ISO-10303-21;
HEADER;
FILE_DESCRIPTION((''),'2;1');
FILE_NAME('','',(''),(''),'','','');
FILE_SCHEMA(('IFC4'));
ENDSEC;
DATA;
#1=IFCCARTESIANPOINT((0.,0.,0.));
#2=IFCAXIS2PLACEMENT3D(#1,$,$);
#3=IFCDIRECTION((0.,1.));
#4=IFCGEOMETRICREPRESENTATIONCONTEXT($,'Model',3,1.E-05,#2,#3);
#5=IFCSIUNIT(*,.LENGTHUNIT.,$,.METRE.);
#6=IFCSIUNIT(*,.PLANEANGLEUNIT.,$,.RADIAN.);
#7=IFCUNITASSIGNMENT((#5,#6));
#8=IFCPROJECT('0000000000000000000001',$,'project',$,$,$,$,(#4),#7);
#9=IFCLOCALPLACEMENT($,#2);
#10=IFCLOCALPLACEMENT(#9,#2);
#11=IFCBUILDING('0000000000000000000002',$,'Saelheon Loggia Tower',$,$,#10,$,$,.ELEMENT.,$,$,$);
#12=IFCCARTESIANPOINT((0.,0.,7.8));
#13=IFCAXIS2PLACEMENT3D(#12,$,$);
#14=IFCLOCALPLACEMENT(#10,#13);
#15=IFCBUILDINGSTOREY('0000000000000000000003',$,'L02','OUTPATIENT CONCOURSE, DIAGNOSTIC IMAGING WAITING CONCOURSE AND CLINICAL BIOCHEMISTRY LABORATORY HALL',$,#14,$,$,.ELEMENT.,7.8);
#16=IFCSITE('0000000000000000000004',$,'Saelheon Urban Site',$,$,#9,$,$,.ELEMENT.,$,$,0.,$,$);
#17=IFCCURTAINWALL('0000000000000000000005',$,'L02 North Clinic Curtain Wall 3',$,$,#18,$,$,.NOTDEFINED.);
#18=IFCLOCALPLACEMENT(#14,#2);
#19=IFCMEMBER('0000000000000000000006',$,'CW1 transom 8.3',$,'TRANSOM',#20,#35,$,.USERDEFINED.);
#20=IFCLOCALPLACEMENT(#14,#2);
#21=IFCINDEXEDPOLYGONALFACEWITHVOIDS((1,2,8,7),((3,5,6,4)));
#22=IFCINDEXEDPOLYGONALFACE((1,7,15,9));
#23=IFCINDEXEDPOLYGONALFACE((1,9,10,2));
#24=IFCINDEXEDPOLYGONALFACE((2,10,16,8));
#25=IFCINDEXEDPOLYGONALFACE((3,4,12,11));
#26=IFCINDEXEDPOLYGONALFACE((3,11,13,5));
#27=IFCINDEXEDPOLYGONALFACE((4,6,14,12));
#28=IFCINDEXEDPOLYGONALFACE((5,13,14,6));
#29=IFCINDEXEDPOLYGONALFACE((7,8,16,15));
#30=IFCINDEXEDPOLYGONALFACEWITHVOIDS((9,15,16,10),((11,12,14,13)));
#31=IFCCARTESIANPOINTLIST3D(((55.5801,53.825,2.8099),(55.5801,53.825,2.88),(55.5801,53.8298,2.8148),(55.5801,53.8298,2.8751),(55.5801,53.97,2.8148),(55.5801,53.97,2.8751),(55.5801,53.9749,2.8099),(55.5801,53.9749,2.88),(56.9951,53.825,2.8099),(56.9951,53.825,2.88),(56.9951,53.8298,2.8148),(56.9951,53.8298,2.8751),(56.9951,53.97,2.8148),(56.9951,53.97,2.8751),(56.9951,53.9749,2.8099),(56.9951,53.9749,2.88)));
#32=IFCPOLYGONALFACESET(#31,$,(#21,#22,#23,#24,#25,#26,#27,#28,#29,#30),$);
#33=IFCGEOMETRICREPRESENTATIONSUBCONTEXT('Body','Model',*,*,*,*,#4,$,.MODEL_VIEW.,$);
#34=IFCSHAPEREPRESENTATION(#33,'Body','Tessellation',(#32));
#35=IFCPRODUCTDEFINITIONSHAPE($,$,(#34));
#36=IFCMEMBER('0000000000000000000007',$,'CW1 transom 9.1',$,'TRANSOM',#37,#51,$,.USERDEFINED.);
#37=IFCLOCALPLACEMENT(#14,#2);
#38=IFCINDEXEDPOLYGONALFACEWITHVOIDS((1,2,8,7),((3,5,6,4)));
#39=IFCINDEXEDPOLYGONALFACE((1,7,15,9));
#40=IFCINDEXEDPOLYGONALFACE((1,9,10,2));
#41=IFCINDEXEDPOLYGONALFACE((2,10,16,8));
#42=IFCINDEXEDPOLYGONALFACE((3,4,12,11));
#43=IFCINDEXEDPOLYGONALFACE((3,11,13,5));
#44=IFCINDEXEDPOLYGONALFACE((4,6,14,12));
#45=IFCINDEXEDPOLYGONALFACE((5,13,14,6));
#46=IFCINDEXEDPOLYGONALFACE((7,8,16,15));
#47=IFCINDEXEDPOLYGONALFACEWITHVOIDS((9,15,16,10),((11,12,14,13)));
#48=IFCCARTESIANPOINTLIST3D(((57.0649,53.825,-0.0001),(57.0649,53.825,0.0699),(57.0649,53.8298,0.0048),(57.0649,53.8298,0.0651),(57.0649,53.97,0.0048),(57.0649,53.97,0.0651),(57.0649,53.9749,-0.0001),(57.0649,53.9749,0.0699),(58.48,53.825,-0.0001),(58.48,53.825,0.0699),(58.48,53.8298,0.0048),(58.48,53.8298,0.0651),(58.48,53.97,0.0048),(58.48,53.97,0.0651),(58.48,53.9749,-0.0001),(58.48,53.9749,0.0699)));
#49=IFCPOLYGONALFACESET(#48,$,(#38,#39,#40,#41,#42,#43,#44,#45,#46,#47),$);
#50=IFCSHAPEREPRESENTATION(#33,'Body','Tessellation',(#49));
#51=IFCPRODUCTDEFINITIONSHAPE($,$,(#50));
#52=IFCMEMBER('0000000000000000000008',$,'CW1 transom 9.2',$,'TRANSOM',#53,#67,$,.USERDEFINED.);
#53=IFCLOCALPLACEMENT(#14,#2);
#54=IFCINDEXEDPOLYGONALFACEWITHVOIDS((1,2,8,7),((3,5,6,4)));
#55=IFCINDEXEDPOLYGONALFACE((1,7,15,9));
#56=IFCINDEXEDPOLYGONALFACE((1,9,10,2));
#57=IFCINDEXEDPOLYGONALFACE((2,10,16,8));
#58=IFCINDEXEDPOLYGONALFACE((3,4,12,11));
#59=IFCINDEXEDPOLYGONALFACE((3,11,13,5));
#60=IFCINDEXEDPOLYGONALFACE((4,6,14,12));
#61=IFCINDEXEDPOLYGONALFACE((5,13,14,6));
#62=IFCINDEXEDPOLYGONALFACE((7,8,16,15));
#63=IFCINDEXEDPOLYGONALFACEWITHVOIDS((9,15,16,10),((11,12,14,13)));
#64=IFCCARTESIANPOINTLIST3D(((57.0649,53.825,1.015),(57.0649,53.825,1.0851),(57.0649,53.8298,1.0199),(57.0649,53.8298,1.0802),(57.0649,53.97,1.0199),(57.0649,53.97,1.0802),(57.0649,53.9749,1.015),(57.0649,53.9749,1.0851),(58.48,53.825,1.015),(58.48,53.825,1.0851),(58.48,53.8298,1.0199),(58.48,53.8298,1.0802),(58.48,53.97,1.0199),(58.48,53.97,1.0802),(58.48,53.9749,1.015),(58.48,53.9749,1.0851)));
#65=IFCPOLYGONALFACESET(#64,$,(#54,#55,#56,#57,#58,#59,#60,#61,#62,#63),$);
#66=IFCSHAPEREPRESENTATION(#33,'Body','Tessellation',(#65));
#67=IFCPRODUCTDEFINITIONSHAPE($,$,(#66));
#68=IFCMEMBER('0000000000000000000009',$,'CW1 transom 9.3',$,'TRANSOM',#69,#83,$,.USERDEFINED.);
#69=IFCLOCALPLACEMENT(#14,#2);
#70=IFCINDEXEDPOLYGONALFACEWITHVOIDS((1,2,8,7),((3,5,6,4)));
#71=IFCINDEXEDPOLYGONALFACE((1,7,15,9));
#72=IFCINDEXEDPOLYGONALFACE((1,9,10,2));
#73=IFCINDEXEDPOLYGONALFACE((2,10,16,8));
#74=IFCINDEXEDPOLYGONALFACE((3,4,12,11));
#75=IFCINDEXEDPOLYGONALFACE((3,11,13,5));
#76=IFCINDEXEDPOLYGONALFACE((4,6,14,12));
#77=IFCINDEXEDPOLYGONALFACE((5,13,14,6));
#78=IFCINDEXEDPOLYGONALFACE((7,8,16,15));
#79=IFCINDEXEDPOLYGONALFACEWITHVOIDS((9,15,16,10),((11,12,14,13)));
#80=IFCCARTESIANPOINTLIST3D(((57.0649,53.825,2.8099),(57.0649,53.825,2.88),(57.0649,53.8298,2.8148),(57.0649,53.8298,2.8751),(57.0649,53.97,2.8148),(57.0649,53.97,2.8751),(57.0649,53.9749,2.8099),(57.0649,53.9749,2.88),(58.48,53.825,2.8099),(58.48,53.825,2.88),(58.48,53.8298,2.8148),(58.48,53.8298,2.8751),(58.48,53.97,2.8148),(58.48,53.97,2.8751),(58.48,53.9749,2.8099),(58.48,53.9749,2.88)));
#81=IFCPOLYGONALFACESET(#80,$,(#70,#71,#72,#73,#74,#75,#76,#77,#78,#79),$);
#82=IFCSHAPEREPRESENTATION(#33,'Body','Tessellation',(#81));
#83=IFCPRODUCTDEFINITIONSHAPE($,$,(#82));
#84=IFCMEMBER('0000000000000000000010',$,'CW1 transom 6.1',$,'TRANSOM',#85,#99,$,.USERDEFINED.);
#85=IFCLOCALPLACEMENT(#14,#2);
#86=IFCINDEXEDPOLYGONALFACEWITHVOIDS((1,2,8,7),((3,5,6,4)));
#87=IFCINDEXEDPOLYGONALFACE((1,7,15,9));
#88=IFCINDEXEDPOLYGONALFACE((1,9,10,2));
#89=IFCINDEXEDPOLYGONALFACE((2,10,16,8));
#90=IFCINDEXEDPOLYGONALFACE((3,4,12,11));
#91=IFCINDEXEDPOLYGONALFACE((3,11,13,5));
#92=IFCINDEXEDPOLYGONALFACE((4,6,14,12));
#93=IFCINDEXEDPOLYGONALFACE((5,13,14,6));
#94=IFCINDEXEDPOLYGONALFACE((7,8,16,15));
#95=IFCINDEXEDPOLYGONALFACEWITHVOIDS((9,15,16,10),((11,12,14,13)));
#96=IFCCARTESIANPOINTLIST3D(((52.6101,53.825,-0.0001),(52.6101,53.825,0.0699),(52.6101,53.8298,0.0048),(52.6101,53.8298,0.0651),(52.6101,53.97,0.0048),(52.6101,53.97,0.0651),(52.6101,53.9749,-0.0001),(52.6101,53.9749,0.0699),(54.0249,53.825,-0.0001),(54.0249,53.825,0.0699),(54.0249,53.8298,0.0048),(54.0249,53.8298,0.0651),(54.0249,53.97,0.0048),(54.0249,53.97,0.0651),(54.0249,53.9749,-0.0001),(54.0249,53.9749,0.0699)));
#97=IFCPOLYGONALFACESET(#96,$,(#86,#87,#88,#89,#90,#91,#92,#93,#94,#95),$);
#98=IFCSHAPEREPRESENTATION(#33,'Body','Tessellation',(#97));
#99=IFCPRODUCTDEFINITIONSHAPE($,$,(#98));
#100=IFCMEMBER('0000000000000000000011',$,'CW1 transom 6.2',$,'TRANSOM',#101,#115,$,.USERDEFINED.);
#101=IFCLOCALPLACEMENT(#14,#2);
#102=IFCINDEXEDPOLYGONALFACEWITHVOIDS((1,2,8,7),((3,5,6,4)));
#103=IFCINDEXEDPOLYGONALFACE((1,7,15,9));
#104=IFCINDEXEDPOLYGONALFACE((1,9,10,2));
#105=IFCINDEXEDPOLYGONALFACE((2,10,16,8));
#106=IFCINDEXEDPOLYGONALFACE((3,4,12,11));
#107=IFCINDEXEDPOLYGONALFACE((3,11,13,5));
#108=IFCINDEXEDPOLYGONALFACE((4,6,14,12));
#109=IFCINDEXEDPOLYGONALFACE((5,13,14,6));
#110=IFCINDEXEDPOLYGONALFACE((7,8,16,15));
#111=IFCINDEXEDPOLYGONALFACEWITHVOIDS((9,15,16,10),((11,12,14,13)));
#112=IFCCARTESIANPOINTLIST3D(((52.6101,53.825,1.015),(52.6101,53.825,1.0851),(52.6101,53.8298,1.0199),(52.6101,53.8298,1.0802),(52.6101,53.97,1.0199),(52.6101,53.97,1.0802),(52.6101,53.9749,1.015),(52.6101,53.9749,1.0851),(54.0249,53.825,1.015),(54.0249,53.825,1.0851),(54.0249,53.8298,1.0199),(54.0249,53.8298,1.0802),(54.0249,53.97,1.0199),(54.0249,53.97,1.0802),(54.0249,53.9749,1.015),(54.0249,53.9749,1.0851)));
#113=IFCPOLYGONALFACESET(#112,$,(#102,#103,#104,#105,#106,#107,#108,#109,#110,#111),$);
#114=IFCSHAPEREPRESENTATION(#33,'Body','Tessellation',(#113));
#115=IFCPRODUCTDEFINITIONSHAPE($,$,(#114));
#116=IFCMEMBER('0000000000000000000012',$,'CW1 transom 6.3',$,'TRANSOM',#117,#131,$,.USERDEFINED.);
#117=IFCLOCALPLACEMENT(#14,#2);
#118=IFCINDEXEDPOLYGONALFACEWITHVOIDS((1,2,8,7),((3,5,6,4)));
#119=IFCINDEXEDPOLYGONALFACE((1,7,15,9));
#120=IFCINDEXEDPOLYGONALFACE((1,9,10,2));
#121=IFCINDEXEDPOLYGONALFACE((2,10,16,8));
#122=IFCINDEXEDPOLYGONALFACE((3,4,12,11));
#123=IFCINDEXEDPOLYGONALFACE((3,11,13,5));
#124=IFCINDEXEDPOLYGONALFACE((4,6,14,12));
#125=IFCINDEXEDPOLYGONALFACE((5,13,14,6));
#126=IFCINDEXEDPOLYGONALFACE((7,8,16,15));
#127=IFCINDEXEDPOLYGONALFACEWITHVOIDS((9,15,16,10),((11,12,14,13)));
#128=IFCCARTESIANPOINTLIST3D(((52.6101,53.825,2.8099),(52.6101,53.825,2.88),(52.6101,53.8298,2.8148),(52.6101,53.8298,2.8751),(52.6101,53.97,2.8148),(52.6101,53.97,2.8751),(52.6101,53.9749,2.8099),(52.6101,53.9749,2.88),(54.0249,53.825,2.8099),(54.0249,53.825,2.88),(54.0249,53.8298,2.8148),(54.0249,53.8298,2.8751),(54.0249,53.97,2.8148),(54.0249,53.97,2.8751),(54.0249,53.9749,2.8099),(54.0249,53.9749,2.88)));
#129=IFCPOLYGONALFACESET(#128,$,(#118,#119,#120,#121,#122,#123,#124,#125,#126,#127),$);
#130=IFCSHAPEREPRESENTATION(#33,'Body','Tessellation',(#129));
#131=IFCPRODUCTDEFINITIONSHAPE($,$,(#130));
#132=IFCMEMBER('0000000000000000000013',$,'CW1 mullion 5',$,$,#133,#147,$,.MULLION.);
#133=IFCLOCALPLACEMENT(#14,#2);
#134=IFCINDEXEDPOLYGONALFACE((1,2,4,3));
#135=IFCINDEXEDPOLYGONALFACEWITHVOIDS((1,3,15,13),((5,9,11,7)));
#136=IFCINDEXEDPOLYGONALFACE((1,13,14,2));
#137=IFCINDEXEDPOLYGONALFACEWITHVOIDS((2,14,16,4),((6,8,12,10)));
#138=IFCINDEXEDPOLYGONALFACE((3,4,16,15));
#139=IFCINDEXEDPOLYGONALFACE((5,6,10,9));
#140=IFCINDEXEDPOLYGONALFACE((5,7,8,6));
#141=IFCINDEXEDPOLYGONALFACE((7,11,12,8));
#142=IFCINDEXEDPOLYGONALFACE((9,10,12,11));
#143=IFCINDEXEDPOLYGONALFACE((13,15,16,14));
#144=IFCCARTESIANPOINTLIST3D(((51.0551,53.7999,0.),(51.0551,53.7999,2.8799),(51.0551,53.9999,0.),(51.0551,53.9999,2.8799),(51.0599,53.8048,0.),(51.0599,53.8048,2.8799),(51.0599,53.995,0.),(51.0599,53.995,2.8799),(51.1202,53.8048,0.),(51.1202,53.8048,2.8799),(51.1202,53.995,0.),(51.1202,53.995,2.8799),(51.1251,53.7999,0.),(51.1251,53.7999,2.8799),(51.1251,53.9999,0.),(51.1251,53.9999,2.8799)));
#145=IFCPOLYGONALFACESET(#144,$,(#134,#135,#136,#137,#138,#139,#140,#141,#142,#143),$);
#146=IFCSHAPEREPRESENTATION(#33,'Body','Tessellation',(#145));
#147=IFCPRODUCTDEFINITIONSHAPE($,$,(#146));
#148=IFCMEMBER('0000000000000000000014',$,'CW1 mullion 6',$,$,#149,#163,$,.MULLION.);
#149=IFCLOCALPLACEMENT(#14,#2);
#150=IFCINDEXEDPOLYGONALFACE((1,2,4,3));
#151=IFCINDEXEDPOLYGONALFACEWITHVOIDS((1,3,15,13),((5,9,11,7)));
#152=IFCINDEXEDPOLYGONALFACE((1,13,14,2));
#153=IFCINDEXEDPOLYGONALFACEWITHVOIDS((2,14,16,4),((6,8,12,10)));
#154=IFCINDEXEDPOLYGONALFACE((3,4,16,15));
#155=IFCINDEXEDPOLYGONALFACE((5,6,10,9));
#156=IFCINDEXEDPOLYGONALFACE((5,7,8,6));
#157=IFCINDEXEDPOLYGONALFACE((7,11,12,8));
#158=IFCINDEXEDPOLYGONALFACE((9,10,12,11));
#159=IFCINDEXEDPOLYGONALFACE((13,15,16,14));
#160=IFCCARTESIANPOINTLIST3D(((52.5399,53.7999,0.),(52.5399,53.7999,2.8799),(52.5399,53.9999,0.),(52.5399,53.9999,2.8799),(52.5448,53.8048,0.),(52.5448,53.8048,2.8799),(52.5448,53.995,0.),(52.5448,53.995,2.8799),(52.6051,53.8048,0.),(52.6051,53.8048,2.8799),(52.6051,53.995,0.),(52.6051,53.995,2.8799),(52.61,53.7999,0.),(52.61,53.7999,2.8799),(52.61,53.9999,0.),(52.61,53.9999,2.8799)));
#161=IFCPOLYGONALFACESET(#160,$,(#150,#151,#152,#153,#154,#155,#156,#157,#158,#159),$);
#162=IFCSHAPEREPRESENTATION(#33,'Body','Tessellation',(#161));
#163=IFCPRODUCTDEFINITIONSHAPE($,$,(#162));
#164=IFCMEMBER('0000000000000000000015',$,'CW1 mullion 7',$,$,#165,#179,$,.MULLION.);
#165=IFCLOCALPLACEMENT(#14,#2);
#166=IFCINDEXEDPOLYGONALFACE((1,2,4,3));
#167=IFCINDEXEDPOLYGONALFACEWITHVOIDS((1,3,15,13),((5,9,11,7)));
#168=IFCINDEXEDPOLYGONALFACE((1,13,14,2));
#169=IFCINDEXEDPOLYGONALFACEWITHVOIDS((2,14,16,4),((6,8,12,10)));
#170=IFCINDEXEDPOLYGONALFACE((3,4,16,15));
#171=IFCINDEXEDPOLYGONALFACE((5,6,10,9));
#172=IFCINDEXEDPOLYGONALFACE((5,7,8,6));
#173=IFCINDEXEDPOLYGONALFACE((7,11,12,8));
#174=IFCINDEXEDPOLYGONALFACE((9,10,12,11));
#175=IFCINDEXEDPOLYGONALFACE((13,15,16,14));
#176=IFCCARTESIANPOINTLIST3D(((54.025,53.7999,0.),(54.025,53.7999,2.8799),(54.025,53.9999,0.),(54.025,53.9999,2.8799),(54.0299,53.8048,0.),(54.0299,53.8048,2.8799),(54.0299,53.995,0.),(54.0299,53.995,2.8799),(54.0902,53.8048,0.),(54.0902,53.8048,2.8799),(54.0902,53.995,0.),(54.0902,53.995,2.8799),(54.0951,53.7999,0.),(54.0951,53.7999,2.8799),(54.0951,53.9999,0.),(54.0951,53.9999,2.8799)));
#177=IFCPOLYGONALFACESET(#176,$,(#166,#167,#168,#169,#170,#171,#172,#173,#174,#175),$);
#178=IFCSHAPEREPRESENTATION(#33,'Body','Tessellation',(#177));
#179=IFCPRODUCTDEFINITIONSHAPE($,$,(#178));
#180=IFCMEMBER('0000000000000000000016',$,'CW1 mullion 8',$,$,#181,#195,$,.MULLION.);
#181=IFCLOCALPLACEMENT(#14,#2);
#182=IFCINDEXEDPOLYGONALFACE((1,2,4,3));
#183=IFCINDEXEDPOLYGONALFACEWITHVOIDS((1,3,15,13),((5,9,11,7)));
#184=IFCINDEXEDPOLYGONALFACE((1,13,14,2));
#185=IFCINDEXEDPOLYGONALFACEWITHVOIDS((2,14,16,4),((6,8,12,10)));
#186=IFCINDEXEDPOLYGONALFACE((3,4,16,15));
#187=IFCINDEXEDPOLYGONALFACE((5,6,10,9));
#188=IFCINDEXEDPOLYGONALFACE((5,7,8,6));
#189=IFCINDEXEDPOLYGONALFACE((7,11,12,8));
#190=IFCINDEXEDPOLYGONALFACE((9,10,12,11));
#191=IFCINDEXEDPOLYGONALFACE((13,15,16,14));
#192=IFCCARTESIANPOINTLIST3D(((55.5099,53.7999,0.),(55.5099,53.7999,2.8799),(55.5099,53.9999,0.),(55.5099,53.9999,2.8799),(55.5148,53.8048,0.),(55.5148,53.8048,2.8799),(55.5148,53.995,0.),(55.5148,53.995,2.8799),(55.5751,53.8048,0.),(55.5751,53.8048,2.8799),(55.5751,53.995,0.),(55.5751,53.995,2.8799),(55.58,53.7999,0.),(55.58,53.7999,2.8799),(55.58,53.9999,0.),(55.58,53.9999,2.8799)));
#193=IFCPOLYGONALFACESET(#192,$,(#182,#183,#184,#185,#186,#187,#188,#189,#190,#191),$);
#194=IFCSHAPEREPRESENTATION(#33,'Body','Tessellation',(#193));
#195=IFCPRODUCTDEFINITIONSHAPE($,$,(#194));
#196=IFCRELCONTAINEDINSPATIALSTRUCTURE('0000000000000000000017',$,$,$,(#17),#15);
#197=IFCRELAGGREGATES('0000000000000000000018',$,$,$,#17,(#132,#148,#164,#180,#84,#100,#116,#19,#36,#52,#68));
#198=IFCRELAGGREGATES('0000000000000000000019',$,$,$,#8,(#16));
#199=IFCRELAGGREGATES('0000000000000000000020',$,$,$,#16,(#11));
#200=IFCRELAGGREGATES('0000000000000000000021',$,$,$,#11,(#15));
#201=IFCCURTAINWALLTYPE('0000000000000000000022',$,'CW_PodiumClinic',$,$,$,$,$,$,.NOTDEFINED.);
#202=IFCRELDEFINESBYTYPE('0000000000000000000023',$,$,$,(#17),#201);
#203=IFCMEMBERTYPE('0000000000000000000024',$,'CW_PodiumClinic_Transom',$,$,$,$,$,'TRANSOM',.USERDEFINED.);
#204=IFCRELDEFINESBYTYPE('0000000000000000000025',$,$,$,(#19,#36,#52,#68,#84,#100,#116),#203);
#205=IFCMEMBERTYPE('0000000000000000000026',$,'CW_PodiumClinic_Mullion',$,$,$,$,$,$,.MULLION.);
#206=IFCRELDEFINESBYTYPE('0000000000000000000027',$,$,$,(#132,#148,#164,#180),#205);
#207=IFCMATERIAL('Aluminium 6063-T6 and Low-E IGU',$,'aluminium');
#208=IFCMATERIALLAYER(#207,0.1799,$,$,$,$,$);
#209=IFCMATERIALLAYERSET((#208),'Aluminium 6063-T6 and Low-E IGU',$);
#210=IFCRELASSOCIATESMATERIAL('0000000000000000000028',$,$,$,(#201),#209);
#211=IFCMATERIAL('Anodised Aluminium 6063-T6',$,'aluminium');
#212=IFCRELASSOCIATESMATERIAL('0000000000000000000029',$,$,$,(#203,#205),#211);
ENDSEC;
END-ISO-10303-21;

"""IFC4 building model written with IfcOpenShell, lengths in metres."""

from ifc_helpers import new_model, si_unit, direction, frame, origin, origin_2d, place, context, subcontext, project, spatial, hollow_rectangle, extrude, source, transform, mapped, material, layer, layer_set, material_profile, profile_set, type_object, element, aggregate, save


model = new_model("IFC4")

# Units and contexts
model_context = context("Model", 3, precision=1e-05, world=origin(), true_north=direction((0.0, 1.0)))
body_context = subcontext(model_context, "Body", "Model", "MODEL_VIEW")
ifc_project = project(units=[si_unit("LENGTHUNIT", "METRE"), si_unit("PLANEANGLEUNIT", "RADIAN")], contexts=[model_context])

# Site, building, storey
site_placement = place(None, origin())
site = spatial("IfcSite", under=ifc_project, at=site_placement, Name="Saelheon Urban Site", CompositionType="ELEMENT", RefElevation=0.0)
building_placement = place(site_placement, origin())
building = spatial("IfcBuilding", under=site, at=building_placement, Name="Saelheon Loggia Tower", CompositionType="ELEMENT")
storey_placement = place(building_placement, frame((0.0, 0.0, 7.8)))
storey = spatial("IfcBuildingStorey", under=building, at=storey_placement, Name="L02", Description="OUTPATIENT CONCOURSE, DIAGNOSTIC IMAGING WAITING CONCOURSE AND CLINICAL BIOCHEMISTRY LABORATORY HALL", CompositionType="ELEMENT", Elevation=7.8)

# Curtain wall, members
ifc_material_1 = material(Name="Aluminium 6063-T6 and Low-E IGU", Category="aluminium")
ifc_layer_1 = layer(ifc_material_1, 0.1799)
ifc_layer_set_1 = layer_set([ifc_layer_1], Name="Aluminium 6063-T6 and Low-E IGU")
curtain_wall_type = type_object("IfcCurtainWallType", Name="CW_PodiumClinic", PredefinedType="NOTDEFINED", material=ifc_layer_set_1)
curtain_wall_placement = place(storey_placement, origin())
curtain_wall = element("IfcCurtainWall", 1, at=curtain_wall_placement, inside=storey, type_object=curtain_wall_type, Name="L02 North Clinic Curtain Wall 3", PredefinedType="NOTDEFINED")
ifc_material_2 = material(Name="Anodised Aluminium 6063-T6", Category="aluminium")
ifc_material_profile_1 = material_profile(ifc_material_2, hollow_rectangle(XDim=0.0701, YDim=0.1499, WallThickness=0.0049, at=origin_2d()), Name="RHS-150x70x5")
ifc_profile_set_1 = profile_set([ifc_material_profile_1], Name="Anodised Aluminium 6063-T6")
member_type_1 = type_object("IfcMemberType", Name="CW_PodiumClinic_Transom", ElementType="TRANSOM", PredefinedType="USERDEFINED", material=ifc_profile_set_1)
shared_shape_1 = source(origin(), body_context, "Body", "SweptSolid", [
    extrude(hollow_rectangle(XDim=0.0701, YDim=0.1499, WallThickness=0.0049, at=origin_2d()), origin(), (0.0, 0.0, 1.0), 1.415),
])
member_1_placement = place(storey_placement, frame((55.5801, 53.8999, 2.845), z_axis=(1.0, 0.0, 0.0), x_axis=(0.0, 0.0, 1.0)))
member_1 = element("IfcMember", 2, at=member_1_placement, type_object=member_type_1, Name="CW1 transom 8.3", ObjectType="TRANSOM", PredefinedType="USERDEFINED", context=body_context, shape_type="MappedRepresentation", body=[
    mapped(shared_shape_1, transform((0.0, 0.0, 0.0), scale=1.0)),
])
member_2_placement = place(storey_placement, frame((57.0649, 53.8999, 0.0349), z_axis=(1.0, 0.0, 0.0), x_axis=(0.0, 0.0, 1.0)))
member_2 = element("IfcMember", 3, at=member_2_placement, type_object=member_type_1, Name="CW1 transom 9.1", ObjectType="TRANSOM", PredefinedType="USERDEFINED", context=body_context, shape_type="MappedRepresentation", body=[
    mapped(shared_shape_1, transform((0.0, 0.0, 0.0), scale=1.0)),
])
member_3_placement = place(storey_placement, frame((57.0649, 53.8999, 1.05), z_axis=(1.0, 0.0, 0.0), x_axis=(0.0, 0.0, 1.0)))
member_3 = element("IfcMember", 4, at=member_3_placement, type_object=member_type_1, Name="CW1 transom 9.2", ObjectType="TRANSOM", PredefinedType="USERDEFINED", context=body_context, shape_type="MappedRepresentation", body=[
    mapped(shared_shape_1, transform((0.0, 0.0, 0.0), scale=1.0)),
])
member_4_placement = place(storey_placement, frame((57.0649, 53.8999, 2.845), z_axis=(1.0, 0.0, 0.0), x_axis=(0.0, 0.0, 1.0)))
member_4 = element("IfcMember", 5, at=member_4_placement, type_object=member_type_1, Name="CW1 transom 9.3", ObjectType="TRANSOM", PredefinedType="USERDEFINED", context=body_context, shape_type="MappedRepresentation", body=[
    mapped(shared_shape_1, transform((0.0, 0.0, 0.0), scale=1.0)),
])
shared_shape_2 = source(origin(), body_context, "Body", "SweptSolid", [
    extrude(hollow_rectangle(XDim=0.0701, YDim=0.1499, WallThickness=0.0049, at=origin_2d()), origin(), (0.0, 0.0, 1.0), 1.4148),
])
member_5_placement = place(storey_placement, frame((52.6101, 53.8999, 0.0349), z_axis=(1.0, 0.0, 0.0), x_axis=(0.0, 0.0, 1.0)))
member_5 = element("IfcMember", 6, at=member_5_placement, type_object=member_type_1, Name="CW1 transom 6.1", ObjectType="TRANSOM", PredefinedType="USERDEFINED", context=body_context, shape_type="MappedRepresentation", body=[
    mapped(shared_shape_2, transform((0.0, 0.0, 0.0), scale=1.0)),
])
member_6_placement = place(storey_placement, frame((52.6101, 53.8999, 1.05), z_axis=(1.0, 0.0, 0.0), x_axis=(0.0, 0.0, 1.0)))
member_6 = element("IfcMember", 7, at=member_6_placement, type_object=member_type_1, Name="CW1 transom 6.2", ObjectType="TRANSOM", PredefinedType="USERDEFINED", context=body_context, shape_type="MappedRepresentation", body=[
    mapped(shared_shape_2, transform((0.0, 0.0, 0.0), scale=1.0)),
])
member_7_placement = place(storey_placement, frame((52.6101, 53.8999, 2.845), z_axis=(1.0, 0.0, 0.0), x_axis=(0.0, 0.0, 1.0)))
member_7 = element("IfcMember", 8, at=member_7_placement, type_object=member_type_1, Name="CW1 transom 6.3", ObjectType="TRANSOM", PredefinedType="USERDEFINED", context=body_context, shape_type="MappedRepresentation", body=[
    mapped(shared_shape_2, transform((0.0, 0.0, 0.0), scale=1.0)),
])
ifc_material_profile_2 = material_profile(ifc_material_2, hollow_rectangle(XDim=0.0701, YDim=0.2, WallThickness=0.0049, at=origin_2d()), Name="RHS-200x70x5")
ifc_profile_set_2 = profile_set([ifc_material_profile_2], Name="Anodised Aluminium 6063-T6")
member_type_2 = type_object("IfcMemberType", Name="CW_PodiumClinic_Mullion", PredefinedType="MULLION", material=ifc_profile_set_2)
shared_shape_3 = source(origin(), body_context, "Body", "SweptSolid", [
    extrude(hollow_rectangle(XDim=0.0701, YDim=0.2, WallThickness=0.0049, at=origin_2d()), origin(), (0.0, 0.0, 1.0), 2.8799),
])
member_8_placement = place(storey_placement, frame((51.0901, 53.8999, 0.0), z_axis=(0.0, 0.0, 1.0), x_axis=(1.0, 0.0, 0.0)))
member_8 = element("IfcMember", 9, at=member_8_placement, type_object=member_type_2, Name="CW1 mullion 5", PredefinedType="MULLION", context=body_context, shape_type="MappedRepresentation", body=[
    mapped(shared_shape_3, transform((0.0, 0.0, 0.0), scale=1.0)),
])
member_9_placement = place(storey_placement, frame((52.575, 53.8999, 0.0), z_axis=(0.0, 0.0, 1.0), x_axis=(1.0, 0.0, 0.0)))
member_9 = element("IfcMember", 10, at=member_9_placement, type_object=member_type_2, Name="CW1 mullion 6", PredefinedType="MULLION", context=body_context, shape_type="MappedRepresentation", body=[
    mapped(shared_shape_3, transform((0.0, 0.0, 0.0), scale=1.0)),
])
member_10_placement = place(storey_placement, frame((54.0601, 53.8999, 0.0), z_axis=(0.0, 0.0, 1.0), x_axis=(1.0, 0.0, 0.0)))
member_10 = element("IfcMember", 11, at=member_10_placement, type_object=member_type_2, Name="CW1 mullion 7", PredefinedType="MULLION", context=body_context, shape_type="MappedRepresentation", body=[
    mapped(shared_shape_3, transform((0.0, 0.0, 0.0), scale=1.0)),
])
member_11_placement = place(storey_placement, frame((55.5449, 53.8999, 0.0), z_axis=(0.0, 0.0, 1.0), x_axis=(1.0, 0.0, 0.0)))
member_11 = element("IfcMember", 12, at=member_11_placement, type_object=member_type_2, Name="CW1 mullion 8", PredefinedType="MULLION", context=body_context, shape_type="MappedRepresentation", body=[
    mapped(shared_shape_3, transform((0.0, 0.0, 0.0), scale=1.0)),
])
aggregate(curtain_wall, [member_8, member_9, member_10, member_11, member_5, member_6, member_7, member_1, member_2, member_3, member_4])

save(model, "model.ifc")
